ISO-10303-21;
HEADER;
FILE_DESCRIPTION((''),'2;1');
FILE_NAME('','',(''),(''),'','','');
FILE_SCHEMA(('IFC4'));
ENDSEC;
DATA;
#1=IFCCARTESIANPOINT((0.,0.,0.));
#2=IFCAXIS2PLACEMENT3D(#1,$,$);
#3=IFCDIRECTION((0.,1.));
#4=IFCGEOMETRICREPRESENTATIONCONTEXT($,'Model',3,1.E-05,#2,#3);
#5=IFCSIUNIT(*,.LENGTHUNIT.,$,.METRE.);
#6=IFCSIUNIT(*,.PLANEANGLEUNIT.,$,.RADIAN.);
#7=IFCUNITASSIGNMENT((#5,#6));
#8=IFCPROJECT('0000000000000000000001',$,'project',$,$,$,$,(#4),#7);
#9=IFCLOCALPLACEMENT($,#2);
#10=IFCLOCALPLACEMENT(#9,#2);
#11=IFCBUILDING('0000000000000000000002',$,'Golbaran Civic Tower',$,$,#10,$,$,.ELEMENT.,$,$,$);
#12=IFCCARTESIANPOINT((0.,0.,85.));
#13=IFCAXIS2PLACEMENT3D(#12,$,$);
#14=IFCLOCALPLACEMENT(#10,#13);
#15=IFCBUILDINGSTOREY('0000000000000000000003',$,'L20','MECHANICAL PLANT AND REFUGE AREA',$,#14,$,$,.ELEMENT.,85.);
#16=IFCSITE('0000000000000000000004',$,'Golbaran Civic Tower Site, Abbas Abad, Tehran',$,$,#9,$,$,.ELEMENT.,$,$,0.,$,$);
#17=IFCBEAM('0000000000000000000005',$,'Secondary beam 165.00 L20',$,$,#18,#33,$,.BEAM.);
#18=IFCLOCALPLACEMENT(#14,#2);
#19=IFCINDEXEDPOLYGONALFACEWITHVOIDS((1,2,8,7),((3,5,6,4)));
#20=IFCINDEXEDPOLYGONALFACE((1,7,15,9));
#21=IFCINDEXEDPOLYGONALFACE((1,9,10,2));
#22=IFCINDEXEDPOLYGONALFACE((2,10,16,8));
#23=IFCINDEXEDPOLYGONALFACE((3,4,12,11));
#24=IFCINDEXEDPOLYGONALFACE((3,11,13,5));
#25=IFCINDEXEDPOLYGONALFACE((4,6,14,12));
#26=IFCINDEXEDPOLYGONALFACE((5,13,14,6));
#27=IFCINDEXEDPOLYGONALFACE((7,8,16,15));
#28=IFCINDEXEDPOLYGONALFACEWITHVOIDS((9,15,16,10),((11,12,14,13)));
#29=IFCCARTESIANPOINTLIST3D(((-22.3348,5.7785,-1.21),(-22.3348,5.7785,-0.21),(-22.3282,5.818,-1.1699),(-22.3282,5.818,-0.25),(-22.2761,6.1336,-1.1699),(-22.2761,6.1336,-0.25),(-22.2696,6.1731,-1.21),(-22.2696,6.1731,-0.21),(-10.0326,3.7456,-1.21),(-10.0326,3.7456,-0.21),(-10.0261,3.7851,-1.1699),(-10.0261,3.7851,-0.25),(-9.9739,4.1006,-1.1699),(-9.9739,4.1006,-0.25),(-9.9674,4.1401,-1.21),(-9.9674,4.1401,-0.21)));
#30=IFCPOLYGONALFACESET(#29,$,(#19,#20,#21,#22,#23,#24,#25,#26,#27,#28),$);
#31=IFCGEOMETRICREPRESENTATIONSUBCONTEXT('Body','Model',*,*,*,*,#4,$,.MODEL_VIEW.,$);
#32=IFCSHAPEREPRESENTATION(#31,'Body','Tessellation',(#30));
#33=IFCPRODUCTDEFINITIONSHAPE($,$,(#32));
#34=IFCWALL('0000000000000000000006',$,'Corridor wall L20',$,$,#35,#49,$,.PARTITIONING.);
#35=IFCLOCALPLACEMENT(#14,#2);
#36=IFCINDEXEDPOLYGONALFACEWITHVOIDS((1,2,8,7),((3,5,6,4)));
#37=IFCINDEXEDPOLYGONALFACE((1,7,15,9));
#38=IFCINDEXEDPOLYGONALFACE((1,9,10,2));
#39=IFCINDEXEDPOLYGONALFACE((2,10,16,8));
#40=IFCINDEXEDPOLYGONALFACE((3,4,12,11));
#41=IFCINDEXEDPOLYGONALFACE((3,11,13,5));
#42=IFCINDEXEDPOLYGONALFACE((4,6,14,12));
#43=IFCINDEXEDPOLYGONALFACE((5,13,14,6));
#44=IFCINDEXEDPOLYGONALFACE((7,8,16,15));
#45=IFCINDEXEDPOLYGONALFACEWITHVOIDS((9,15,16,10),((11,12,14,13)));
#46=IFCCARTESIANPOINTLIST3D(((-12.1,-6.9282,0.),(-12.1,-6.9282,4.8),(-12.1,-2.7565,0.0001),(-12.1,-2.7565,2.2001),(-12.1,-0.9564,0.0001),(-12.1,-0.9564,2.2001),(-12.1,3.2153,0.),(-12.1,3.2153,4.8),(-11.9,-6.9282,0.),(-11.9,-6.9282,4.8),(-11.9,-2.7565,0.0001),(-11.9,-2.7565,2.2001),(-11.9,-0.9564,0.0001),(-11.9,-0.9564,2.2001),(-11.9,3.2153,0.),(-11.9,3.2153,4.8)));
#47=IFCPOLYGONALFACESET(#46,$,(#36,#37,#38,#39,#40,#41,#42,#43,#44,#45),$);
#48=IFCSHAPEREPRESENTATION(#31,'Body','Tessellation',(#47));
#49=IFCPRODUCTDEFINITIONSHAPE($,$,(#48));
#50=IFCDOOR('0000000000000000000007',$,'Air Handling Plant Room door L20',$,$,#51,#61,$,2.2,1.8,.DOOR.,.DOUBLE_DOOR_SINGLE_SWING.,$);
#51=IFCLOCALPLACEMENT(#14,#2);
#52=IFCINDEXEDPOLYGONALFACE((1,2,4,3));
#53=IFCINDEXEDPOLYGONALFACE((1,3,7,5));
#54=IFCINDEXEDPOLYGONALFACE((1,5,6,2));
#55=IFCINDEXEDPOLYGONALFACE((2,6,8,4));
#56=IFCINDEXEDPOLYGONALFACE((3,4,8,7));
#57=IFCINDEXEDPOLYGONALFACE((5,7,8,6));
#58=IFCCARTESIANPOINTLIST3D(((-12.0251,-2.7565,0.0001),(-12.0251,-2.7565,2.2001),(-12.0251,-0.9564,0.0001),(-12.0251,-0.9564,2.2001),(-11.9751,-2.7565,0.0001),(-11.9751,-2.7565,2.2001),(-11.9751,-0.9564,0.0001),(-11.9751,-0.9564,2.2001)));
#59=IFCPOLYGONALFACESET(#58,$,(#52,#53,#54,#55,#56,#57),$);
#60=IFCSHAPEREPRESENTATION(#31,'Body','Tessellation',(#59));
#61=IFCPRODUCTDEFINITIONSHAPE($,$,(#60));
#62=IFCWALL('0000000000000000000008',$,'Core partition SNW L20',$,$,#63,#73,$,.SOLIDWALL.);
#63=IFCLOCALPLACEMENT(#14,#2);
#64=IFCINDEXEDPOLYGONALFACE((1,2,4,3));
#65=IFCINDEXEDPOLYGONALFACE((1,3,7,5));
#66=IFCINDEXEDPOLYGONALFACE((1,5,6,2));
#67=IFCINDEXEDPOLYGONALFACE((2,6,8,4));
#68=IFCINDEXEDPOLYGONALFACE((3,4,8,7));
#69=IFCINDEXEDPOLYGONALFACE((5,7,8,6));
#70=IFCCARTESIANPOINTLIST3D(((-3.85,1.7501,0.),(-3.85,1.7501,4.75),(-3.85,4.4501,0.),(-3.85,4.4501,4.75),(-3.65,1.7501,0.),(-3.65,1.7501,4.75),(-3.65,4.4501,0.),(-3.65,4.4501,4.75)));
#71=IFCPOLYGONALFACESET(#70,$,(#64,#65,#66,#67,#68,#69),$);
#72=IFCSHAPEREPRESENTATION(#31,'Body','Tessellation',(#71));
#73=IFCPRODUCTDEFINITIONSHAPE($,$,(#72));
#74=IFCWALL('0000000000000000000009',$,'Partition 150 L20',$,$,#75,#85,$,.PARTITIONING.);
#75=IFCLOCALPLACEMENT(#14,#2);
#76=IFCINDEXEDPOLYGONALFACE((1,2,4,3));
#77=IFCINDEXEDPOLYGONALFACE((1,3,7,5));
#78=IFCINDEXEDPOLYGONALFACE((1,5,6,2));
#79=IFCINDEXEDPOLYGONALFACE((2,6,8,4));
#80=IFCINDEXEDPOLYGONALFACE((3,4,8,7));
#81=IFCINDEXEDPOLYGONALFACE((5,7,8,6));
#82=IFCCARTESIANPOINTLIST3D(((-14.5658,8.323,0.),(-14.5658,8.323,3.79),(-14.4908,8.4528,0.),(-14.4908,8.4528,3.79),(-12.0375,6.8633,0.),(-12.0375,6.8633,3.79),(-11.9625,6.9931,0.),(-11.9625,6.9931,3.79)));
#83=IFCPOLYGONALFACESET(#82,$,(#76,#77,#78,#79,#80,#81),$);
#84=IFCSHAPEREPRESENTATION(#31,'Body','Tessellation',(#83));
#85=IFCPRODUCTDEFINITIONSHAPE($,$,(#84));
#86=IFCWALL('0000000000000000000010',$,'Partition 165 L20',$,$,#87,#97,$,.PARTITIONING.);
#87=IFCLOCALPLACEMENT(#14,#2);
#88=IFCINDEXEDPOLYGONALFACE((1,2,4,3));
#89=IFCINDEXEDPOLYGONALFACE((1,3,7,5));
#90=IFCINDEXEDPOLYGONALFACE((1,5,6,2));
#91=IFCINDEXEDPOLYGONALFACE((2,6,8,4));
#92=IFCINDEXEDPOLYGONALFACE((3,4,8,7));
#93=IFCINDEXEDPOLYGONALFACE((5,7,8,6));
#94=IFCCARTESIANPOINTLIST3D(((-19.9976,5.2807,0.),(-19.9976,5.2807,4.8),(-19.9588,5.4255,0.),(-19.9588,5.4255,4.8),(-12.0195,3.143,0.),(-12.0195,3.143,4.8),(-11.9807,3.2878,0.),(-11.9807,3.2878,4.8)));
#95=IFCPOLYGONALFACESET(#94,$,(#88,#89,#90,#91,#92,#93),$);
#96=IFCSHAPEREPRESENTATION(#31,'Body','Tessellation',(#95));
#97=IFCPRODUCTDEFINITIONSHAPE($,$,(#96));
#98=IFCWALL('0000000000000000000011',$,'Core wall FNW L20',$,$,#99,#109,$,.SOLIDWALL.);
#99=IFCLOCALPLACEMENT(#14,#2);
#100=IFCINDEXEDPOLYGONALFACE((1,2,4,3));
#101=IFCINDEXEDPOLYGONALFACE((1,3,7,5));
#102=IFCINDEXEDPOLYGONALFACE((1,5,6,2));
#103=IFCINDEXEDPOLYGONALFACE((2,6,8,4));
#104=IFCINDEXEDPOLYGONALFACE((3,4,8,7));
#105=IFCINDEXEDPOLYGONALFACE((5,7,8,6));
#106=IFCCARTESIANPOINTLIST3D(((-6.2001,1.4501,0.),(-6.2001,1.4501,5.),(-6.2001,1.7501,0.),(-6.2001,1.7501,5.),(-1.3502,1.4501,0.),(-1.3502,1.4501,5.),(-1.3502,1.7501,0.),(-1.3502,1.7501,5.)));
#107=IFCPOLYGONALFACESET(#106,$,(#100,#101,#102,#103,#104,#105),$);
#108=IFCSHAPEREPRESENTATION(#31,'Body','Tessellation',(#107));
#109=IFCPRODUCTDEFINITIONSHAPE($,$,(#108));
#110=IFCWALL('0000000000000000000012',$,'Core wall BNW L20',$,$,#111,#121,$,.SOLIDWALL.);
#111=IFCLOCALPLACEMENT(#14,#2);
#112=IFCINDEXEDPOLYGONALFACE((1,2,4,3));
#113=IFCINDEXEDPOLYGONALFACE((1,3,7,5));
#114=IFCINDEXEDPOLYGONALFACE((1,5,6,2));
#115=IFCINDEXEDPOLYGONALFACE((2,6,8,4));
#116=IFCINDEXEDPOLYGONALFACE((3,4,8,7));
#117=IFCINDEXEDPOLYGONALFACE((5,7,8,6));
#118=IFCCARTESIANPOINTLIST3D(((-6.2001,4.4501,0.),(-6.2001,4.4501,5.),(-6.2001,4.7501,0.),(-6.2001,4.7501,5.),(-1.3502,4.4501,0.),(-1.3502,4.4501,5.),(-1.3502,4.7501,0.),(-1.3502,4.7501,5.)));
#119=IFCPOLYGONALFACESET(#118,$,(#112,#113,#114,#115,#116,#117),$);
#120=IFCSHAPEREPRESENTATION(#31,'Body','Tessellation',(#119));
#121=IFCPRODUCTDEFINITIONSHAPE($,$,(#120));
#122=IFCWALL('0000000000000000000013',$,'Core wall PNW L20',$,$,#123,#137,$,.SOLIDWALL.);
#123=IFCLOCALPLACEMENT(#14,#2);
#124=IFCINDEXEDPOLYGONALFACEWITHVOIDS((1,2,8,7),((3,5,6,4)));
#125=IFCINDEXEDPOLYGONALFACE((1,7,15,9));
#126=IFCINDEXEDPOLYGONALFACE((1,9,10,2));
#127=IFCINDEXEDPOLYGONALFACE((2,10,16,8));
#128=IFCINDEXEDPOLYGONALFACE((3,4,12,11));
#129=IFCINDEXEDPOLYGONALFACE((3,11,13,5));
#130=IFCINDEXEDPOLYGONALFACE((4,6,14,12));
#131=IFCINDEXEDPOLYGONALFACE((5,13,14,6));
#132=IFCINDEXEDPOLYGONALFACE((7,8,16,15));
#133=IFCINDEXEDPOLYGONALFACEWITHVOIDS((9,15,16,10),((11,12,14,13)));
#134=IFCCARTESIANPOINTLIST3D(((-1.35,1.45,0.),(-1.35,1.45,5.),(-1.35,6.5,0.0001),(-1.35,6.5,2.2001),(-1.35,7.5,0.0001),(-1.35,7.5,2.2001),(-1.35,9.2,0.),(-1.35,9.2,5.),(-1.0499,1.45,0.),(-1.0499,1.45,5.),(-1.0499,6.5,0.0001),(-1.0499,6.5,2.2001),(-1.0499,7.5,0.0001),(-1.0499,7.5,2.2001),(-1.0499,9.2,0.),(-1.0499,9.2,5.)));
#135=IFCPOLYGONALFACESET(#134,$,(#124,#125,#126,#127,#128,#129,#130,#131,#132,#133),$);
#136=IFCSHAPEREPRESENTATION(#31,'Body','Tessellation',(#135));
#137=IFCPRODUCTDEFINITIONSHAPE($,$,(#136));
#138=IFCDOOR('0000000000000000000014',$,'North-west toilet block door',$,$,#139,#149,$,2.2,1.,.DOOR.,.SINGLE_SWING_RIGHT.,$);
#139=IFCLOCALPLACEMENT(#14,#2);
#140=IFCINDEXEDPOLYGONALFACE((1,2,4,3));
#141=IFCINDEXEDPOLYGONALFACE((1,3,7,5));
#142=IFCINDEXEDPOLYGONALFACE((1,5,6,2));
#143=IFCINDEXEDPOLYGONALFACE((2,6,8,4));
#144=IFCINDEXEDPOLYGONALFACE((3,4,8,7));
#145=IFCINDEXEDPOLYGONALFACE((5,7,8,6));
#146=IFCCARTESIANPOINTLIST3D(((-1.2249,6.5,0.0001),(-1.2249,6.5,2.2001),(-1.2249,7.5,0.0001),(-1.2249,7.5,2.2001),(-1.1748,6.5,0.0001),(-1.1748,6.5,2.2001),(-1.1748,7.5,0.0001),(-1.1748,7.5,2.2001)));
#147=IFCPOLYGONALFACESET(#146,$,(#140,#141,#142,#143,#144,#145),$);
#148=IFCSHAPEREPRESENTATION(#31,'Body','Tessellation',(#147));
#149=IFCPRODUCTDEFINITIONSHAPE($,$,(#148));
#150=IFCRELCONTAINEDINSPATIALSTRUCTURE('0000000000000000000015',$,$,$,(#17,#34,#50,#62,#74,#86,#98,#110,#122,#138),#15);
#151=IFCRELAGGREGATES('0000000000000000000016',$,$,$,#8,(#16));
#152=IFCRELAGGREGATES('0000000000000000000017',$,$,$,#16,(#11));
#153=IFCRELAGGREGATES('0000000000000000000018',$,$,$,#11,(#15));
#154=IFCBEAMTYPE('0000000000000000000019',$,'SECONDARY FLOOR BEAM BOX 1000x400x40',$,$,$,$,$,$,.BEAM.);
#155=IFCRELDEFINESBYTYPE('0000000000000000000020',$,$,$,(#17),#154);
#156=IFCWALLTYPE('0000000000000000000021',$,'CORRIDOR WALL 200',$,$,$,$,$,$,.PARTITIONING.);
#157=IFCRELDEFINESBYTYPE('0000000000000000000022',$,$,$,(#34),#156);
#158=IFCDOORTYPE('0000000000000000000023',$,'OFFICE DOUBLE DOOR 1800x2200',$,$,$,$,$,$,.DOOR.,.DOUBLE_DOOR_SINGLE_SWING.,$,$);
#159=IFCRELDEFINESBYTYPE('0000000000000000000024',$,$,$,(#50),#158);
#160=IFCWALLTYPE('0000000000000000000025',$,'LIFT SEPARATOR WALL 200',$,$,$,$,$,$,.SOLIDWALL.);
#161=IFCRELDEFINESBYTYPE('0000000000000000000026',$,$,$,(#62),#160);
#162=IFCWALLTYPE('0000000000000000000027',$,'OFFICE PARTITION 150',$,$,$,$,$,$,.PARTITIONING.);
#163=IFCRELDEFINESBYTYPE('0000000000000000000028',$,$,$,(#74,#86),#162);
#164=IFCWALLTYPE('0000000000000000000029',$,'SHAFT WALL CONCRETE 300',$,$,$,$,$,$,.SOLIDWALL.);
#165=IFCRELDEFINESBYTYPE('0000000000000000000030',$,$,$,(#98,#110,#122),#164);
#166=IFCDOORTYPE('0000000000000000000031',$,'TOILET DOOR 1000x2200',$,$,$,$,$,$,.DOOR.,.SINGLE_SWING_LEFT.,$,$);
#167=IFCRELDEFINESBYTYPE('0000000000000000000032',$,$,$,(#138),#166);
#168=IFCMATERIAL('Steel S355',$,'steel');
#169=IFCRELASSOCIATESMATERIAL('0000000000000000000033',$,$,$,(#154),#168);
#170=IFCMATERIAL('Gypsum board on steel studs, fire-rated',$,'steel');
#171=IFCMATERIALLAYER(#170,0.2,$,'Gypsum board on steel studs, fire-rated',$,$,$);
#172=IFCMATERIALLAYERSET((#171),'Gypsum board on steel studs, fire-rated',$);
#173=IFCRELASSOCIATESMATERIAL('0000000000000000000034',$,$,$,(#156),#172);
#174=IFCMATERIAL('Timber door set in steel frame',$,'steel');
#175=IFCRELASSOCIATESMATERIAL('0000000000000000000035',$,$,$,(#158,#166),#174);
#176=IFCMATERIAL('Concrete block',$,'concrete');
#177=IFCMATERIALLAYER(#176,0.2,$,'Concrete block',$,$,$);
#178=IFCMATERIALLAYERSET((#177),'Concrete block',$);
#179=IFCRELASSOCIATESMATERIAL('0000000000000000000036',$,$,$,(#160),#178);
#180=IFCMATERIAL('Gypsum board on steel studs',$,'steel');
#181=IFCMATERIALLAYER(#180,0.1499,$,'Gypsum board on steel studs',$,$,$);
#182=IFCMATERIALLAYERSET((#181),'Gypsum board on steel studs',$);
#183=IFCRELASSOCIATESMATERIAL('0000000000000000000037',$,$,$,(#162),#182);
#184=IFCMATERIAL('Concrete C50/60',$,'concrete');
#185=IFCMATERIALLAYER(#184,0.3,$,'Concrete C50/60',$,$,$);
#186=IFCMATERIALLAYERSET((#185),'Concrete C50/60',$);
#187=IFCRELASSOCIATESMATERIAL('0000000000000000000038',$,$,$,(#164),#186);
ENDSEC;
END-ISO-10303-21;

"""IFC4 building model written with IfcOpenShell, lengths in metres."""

from ifc_helpers import new_model, si_unit, direction, frame, frame_2d, origin, origin_2d, place, context, subcontext, project, spatial, rectangle, hollow_rectangle, extrude, material, layer, layer_set, material_profile, profile_set, type_object, element, fill, save


model = new_model("IFC4")

# Units and contexts
model_context = context("Model", 3, precision=1e-05, world=origin(), true_north=direction((0.0, 1.0)))
body_context = subcontext(model_context, "Body", "Model", "MODEL_VIEW")
ifc_project = project(units=[si_unit("LENGTHUNIT", "METRE"), si_unit("PLANEANGLEUNIT", "RADIAN")], contexts=[model_context])

# Site, building, storey
site_placement = place(None, origin())
site = spatial("IfcSite", under=ifc_project, at=site_placement, Name="Golbaran Civic Tower Site, Abbas Abad, Tehran", CompositionType="ELEMENT", RefElevation=0.0)
building_placement = place(site_placement, origin())
building = spatial("IfcBuilding", under=site, at=building_placement, Name="Golbaran Civic Tower", CompositionType="ELEMENT")
storey_placement = place(building_placement, frame((0.0, 0.0, 85.0)))
storey = spatial("IfcBuildingStorey", under=building, at=storey_placement, Name="L20", Description="MECHANICAL PLANT AND REFUGE AREA", CompositionType="ELEMENT", Elevation=85.0)

# Beam
ifc_material_1 = material(Name="Steel S355", Category="steel")
ifc_material_profile_1 = material_profile(ifc_material_1, hollow_rectangle(XDim=0.3999, YDim=1.0, WallThickness=0.04, at=origin_2d()), Name="BOX 1000x400x40")
ifc_profile_set_1 = profile_set([ifc_material_profile_1], Name="Steel S355")
beam_type_1 = type_object("IfcBeamType", Name="SECONDARY FLOOR BEAM BOX 1000x400x40", PredefinedType="BEAM", material=ifc_profile_set_1)
beam_1_placement = place(storey_placement, frame((-10.0, 3.9429, -0.71), z_axis=(-0.986619, 0.16304, 0.0), x_axis=(-0.16304, -0.986619, 0.0)))
element("IfcBeam", 1, at=beam_1_placement, inside=storey, type_object=beam_type_1, Name="Secondary beam 165.00 L20", PredefinedType="BEAM", context=body_context, shape_type="SweptSolid", body=[
    extrude(hollow_rectangle(XDim=0.3999, YDim=1.0, WallThickness=0.04, at=origin_2d()), origin(), (0.0, 0.0, 1.0), 12.469),
])

# Wall, opening, door
ifc_material_2 = material(Name="Gypsum board on steel studs, fire-rated", Category="steel")
ifc_layer_1 = layer(ifc_material_2, 0.2, Name="Gypsum board on steel studs, fire-rated")
ifc_layer_set_1 = layer_set([ifc_layer_1], Name="Gypsum board on steel studs, fire-rated")
wall_type_1 = type_object("IfcWallType", Name="CORRIDOR WALL 200", PredefinedType="PARTITIONING", material=ifc_layer_set_1)
wall_1_placement = place(storey_placement, frame((-12.0, 3.2153, 0.0), z_axis=(0.0, 0.0, 1.0), x_axis=(0.0, -1.0, 0.0)))
wall_1 = element("IfcWall", 2, at=wall_1_placement, inside=storey, type_object=wall_type_1, Name="Corridor wall L20", PredefinedType="PARTITIONING", context=body_context, shape_type="SweptSolid", body=[
    extrude(rectangle(XDim=10.1436, YDim=0.2, at=frame_2d((5.0718, 0.0))), origin(), (0.0, 0.0, 1.0), 4.8),
])
opening_1_placement = place(wall_1_placement, frame((4.1719, 0.0, 0.0)))
opening_1 = element("IfcOpeningElement", 3, at=opening_1_placement, cuts=wall_1, PredefinedType="OPENING", context=body_context, shape_type="SweptSolid", body=[
    extrude(rectangle(XDim=1.8, YDim=2.2, at=frame_2d((0.8999, 1.1001))), frame((0.0, 0.1099, 0.0), z_axis=(0.0, -1.0, 0.0), x_axis=(1.0, 0.0, 0.0)), (0.0, 0.0, 1.0), 0.22),
])
ifc_material_3 = material(Name="Timber door set in steel frame", Category="steel")
door_type_1 = type_object("IfcDoorType", Name="OFFICE DOUBLE DOOR 1800x2200", OperationType="DOUBLE_DOOR_SINGLE_SWING", PredefinedType="DOOR", material=ifc_material_3)
door_1_placement = place(opening_1_placement, origin())
door_1 = element("IfcDoor", 4, at=door_1_placement, inside=storey, type_object=door_type_1, Name="Air Handling Plant Room door L20", OperationType="DOUBLE_DOOR_SINGLE_SWING", OverallHeight=2.2, OverallWidth=1.8, PredefinedType="DOOR", context=body_context, shape_type="SweptSolid", body=[
    extrude(rectangle(XDim=1.8, YDim=2.2, at=frame_2d((0.8999, 1.1001))), frame((0.0, 0.0249, 0.0), z_axis=(0.0, -1.0, 0.0), x_axis=(1.0, 0.0, 0.0)), (0.0, 0.0, 1.0), 0.05),
])
fill(opening_1, door_1)

# Walls
ifc_material_4 = material(Name="Concrete block", Category="concrete")
ifc_layer_2 = layer(ifc_material_4, 0.2, Name="Concrete block")
ifc_layer_set_2 = layer_set([ifc_layer_2], Name="Concrete block")
wall_type_2 = type_object("IfcWallType", Name="LIFT SEPARATOR WALL 200", PredefinedType="SOLIDWALL", material=ifc_layer_set_2)
wall_2_placement = place(storey_placement, frame((-3.75, 1.75, 0.0), z_axis=(0.0, 0.0, 1.0), x_axis=(0.0, 1.0, 0.0)))
element("IfcWall", 5, at=wall_2_placement, inside=storey, type_object=wall_type_2, Name="Core partition SNW L20", PredefinedType="SOLIDWALL", context=body_context, shape_type="SweptSolid", body=[
    extrude(rectangle(XDim=2.7, YDim=0.2, at=frame_2d((1.3501, 0.0))), origin(), (0.0, 0.0, 1.0), 4.75),
])
ifc_material_5 = material(Name="Gypsum board on steel studs", Category="steel")
ifc_layer_3 = layer(ifc_material_5, 0.1499, Name="Gypsum board on steel studs")
ifc_layer_set_3 = layer_set([ifc_layer_3], Name="Gypsum board on steel studs")
wall_type_3 = type_object("IfcWallType", Name="OFFICE PARTITION 150", PredefinedType="PARTITIONING", material=ifc_layer_set_3)
wall_3_placement = place(storey_placement, frame((-12.0, 6.9282, 0.0), z_axis=(0.0, 0.0, 1.0), x_axis=(-0.866027, 0.499998, 0.0)))
element("IfcWall", 6, at=wall_3_placement, inside=storey, type_object=wall_type_3, Name="Partition 150 L20", PredefinedType="PARTITIONING", context=body_context, shape_type="SweptSolid", body=[
    extrude(rectangle(XDim=2.9194, YDim=0.1499, at=frame_2d((1.4597, 0.0))), origin(), (0.0, 0.0, 1.0), 3.79),
])
wall_4_placement = place(storey_placement, frame((-12.0, 3.2153, 0.0), z_axis=(0.0, 0.0, 1.0), x_axis=(-0.965926, 0.258818, 0.0)))
element("IfcWall", 7, at=wall_4_placement, inside=storey, type_object=wall_type_3, Name="Partition 165 L20", PredefinedType="PARTITIONING", context=body_context, shape_type="SweptSolid", body=[
    extrude(rectangle(XDim=8.2595, YDim=0.1499, at=frame_2d((4.1299, 0.0))), origin(), (0.0, 0.0, 1.0), 4.8),
])
ifc_material_6 = material(Name="Concrete C50/60", Category="concrete")
ifc_layer_4 = layer(ifc_material_6, 0.3, Name="Concrete C50/60")
ifc_layer_set_4 = layer_set([ifc_layer_4], Name="Concrete C50/60")
wall_type_4 = type_object("IfcWallType", Name="SHAFT WALL CONCRETE 300", PredefinedType="SOLIDWALL", material=ifc_layer_set_4)
for number, where, z_axis, x_axis, name in (
    (8, (-6.2, 1.6001, 0.0), (0.0, 0.0, 1.0), (1.0, 0.0, 0.0), "Core wall FNW L20"),
    (9, (-6.2, 4.6001, 0.0), (0.0, 0.0, 1.0), (1.0, 0.0, 0.0), "Core wall BNW L20"),
):
    element("IfcWall", number, at=place(storey_placement, frame(where, z_axis=z_axis, x_axis=x_axis)), inside=storey, type_object=wall_type_4, Name=name, PredefinedType="SOLIDWALL", context=body_context, shape_type="SweptSolid", body=[
        extrude(rectangle(XDim=4.8499, YDim=0.3, at=frame_2d((2.4248, 0.0))), origin(), (0.0, 0.0, 1.0), 5.0),
    ])

# Wall, opening, door
wall_5_placement = place(storey_placement, frame((-1.2, 1.45, 0.0), z_axis=(0.0, 0.0, 1.0), x_axis=(0.0, 1.0, 0.0)))
wall_5 = element("IfcWall", 10, at=wall_5_placement, inside=storey, type_object=wall_type_4, Name="Core wall PNW L20", PredefinedType="SOLIDWALL", context=body_context, shape_type="SweptSolid", body=[
    extrude(rectangle(XDim=7.75, YDim=0.3, at=frame_2d((3.875, 0.0))), origin(), (0.0, 0.0, 1.0), 5.0),
])
opening_2_placement = place(wall_5_placement, frame((5.05, 0.0, 0.0)))
opening_2 = element("IfcOpeningElement", 11, at=opening_2_placement, cuts=wall_5, PredefinedType="OPENING", context=body_context, shape_type="SweptSolid", body=[
    extrude(rectangle(XDim=1.0, YDim=2.2, at=frame_2d((0.5, 1.1001))), frame((0.0, 0.1599, 0.0), z_axis=(0.0, -1.0, 0.0), x_axis=(1.0, 0.0, 0.0)), (0.0, 0.0, 1.0), 0.3201),
])
door_type_2 = type_object("IfcDoorType", Name="TOILET DOOR 1000x2200", OperationType="SINGLE_SWING_LEFT", PredefinedType="DOOR", material=ifc_material_3)
door_2_placement = place(opening_2_placement, origin())
door_2 = element("IfcDoor", 12, at=door_2_placement, inside=storey, type_object=door_type_2, Name="North-west toilet block door", OperationType="SINGLE_SWING_RIGHT", OverallHeight=2.2, OverallWidth=1.0, PredefinedType="DOOR", context=body_context, shape_type="SweptSolid", body=[
    extrude(rectangle(XDim=1.0, YDim=2.2, at=frame_2d((0.5, 1.1001))), frame((0.0, 0.0249, 0.0), z_axis=(0.0, -1.0, 0.0), x_axis=(1.0, 0.0, 0.0)), (0.0, 0.0, 1.0), 0.05),
])
fill(opening_2, door_2)

save(model, "model.ifc")
